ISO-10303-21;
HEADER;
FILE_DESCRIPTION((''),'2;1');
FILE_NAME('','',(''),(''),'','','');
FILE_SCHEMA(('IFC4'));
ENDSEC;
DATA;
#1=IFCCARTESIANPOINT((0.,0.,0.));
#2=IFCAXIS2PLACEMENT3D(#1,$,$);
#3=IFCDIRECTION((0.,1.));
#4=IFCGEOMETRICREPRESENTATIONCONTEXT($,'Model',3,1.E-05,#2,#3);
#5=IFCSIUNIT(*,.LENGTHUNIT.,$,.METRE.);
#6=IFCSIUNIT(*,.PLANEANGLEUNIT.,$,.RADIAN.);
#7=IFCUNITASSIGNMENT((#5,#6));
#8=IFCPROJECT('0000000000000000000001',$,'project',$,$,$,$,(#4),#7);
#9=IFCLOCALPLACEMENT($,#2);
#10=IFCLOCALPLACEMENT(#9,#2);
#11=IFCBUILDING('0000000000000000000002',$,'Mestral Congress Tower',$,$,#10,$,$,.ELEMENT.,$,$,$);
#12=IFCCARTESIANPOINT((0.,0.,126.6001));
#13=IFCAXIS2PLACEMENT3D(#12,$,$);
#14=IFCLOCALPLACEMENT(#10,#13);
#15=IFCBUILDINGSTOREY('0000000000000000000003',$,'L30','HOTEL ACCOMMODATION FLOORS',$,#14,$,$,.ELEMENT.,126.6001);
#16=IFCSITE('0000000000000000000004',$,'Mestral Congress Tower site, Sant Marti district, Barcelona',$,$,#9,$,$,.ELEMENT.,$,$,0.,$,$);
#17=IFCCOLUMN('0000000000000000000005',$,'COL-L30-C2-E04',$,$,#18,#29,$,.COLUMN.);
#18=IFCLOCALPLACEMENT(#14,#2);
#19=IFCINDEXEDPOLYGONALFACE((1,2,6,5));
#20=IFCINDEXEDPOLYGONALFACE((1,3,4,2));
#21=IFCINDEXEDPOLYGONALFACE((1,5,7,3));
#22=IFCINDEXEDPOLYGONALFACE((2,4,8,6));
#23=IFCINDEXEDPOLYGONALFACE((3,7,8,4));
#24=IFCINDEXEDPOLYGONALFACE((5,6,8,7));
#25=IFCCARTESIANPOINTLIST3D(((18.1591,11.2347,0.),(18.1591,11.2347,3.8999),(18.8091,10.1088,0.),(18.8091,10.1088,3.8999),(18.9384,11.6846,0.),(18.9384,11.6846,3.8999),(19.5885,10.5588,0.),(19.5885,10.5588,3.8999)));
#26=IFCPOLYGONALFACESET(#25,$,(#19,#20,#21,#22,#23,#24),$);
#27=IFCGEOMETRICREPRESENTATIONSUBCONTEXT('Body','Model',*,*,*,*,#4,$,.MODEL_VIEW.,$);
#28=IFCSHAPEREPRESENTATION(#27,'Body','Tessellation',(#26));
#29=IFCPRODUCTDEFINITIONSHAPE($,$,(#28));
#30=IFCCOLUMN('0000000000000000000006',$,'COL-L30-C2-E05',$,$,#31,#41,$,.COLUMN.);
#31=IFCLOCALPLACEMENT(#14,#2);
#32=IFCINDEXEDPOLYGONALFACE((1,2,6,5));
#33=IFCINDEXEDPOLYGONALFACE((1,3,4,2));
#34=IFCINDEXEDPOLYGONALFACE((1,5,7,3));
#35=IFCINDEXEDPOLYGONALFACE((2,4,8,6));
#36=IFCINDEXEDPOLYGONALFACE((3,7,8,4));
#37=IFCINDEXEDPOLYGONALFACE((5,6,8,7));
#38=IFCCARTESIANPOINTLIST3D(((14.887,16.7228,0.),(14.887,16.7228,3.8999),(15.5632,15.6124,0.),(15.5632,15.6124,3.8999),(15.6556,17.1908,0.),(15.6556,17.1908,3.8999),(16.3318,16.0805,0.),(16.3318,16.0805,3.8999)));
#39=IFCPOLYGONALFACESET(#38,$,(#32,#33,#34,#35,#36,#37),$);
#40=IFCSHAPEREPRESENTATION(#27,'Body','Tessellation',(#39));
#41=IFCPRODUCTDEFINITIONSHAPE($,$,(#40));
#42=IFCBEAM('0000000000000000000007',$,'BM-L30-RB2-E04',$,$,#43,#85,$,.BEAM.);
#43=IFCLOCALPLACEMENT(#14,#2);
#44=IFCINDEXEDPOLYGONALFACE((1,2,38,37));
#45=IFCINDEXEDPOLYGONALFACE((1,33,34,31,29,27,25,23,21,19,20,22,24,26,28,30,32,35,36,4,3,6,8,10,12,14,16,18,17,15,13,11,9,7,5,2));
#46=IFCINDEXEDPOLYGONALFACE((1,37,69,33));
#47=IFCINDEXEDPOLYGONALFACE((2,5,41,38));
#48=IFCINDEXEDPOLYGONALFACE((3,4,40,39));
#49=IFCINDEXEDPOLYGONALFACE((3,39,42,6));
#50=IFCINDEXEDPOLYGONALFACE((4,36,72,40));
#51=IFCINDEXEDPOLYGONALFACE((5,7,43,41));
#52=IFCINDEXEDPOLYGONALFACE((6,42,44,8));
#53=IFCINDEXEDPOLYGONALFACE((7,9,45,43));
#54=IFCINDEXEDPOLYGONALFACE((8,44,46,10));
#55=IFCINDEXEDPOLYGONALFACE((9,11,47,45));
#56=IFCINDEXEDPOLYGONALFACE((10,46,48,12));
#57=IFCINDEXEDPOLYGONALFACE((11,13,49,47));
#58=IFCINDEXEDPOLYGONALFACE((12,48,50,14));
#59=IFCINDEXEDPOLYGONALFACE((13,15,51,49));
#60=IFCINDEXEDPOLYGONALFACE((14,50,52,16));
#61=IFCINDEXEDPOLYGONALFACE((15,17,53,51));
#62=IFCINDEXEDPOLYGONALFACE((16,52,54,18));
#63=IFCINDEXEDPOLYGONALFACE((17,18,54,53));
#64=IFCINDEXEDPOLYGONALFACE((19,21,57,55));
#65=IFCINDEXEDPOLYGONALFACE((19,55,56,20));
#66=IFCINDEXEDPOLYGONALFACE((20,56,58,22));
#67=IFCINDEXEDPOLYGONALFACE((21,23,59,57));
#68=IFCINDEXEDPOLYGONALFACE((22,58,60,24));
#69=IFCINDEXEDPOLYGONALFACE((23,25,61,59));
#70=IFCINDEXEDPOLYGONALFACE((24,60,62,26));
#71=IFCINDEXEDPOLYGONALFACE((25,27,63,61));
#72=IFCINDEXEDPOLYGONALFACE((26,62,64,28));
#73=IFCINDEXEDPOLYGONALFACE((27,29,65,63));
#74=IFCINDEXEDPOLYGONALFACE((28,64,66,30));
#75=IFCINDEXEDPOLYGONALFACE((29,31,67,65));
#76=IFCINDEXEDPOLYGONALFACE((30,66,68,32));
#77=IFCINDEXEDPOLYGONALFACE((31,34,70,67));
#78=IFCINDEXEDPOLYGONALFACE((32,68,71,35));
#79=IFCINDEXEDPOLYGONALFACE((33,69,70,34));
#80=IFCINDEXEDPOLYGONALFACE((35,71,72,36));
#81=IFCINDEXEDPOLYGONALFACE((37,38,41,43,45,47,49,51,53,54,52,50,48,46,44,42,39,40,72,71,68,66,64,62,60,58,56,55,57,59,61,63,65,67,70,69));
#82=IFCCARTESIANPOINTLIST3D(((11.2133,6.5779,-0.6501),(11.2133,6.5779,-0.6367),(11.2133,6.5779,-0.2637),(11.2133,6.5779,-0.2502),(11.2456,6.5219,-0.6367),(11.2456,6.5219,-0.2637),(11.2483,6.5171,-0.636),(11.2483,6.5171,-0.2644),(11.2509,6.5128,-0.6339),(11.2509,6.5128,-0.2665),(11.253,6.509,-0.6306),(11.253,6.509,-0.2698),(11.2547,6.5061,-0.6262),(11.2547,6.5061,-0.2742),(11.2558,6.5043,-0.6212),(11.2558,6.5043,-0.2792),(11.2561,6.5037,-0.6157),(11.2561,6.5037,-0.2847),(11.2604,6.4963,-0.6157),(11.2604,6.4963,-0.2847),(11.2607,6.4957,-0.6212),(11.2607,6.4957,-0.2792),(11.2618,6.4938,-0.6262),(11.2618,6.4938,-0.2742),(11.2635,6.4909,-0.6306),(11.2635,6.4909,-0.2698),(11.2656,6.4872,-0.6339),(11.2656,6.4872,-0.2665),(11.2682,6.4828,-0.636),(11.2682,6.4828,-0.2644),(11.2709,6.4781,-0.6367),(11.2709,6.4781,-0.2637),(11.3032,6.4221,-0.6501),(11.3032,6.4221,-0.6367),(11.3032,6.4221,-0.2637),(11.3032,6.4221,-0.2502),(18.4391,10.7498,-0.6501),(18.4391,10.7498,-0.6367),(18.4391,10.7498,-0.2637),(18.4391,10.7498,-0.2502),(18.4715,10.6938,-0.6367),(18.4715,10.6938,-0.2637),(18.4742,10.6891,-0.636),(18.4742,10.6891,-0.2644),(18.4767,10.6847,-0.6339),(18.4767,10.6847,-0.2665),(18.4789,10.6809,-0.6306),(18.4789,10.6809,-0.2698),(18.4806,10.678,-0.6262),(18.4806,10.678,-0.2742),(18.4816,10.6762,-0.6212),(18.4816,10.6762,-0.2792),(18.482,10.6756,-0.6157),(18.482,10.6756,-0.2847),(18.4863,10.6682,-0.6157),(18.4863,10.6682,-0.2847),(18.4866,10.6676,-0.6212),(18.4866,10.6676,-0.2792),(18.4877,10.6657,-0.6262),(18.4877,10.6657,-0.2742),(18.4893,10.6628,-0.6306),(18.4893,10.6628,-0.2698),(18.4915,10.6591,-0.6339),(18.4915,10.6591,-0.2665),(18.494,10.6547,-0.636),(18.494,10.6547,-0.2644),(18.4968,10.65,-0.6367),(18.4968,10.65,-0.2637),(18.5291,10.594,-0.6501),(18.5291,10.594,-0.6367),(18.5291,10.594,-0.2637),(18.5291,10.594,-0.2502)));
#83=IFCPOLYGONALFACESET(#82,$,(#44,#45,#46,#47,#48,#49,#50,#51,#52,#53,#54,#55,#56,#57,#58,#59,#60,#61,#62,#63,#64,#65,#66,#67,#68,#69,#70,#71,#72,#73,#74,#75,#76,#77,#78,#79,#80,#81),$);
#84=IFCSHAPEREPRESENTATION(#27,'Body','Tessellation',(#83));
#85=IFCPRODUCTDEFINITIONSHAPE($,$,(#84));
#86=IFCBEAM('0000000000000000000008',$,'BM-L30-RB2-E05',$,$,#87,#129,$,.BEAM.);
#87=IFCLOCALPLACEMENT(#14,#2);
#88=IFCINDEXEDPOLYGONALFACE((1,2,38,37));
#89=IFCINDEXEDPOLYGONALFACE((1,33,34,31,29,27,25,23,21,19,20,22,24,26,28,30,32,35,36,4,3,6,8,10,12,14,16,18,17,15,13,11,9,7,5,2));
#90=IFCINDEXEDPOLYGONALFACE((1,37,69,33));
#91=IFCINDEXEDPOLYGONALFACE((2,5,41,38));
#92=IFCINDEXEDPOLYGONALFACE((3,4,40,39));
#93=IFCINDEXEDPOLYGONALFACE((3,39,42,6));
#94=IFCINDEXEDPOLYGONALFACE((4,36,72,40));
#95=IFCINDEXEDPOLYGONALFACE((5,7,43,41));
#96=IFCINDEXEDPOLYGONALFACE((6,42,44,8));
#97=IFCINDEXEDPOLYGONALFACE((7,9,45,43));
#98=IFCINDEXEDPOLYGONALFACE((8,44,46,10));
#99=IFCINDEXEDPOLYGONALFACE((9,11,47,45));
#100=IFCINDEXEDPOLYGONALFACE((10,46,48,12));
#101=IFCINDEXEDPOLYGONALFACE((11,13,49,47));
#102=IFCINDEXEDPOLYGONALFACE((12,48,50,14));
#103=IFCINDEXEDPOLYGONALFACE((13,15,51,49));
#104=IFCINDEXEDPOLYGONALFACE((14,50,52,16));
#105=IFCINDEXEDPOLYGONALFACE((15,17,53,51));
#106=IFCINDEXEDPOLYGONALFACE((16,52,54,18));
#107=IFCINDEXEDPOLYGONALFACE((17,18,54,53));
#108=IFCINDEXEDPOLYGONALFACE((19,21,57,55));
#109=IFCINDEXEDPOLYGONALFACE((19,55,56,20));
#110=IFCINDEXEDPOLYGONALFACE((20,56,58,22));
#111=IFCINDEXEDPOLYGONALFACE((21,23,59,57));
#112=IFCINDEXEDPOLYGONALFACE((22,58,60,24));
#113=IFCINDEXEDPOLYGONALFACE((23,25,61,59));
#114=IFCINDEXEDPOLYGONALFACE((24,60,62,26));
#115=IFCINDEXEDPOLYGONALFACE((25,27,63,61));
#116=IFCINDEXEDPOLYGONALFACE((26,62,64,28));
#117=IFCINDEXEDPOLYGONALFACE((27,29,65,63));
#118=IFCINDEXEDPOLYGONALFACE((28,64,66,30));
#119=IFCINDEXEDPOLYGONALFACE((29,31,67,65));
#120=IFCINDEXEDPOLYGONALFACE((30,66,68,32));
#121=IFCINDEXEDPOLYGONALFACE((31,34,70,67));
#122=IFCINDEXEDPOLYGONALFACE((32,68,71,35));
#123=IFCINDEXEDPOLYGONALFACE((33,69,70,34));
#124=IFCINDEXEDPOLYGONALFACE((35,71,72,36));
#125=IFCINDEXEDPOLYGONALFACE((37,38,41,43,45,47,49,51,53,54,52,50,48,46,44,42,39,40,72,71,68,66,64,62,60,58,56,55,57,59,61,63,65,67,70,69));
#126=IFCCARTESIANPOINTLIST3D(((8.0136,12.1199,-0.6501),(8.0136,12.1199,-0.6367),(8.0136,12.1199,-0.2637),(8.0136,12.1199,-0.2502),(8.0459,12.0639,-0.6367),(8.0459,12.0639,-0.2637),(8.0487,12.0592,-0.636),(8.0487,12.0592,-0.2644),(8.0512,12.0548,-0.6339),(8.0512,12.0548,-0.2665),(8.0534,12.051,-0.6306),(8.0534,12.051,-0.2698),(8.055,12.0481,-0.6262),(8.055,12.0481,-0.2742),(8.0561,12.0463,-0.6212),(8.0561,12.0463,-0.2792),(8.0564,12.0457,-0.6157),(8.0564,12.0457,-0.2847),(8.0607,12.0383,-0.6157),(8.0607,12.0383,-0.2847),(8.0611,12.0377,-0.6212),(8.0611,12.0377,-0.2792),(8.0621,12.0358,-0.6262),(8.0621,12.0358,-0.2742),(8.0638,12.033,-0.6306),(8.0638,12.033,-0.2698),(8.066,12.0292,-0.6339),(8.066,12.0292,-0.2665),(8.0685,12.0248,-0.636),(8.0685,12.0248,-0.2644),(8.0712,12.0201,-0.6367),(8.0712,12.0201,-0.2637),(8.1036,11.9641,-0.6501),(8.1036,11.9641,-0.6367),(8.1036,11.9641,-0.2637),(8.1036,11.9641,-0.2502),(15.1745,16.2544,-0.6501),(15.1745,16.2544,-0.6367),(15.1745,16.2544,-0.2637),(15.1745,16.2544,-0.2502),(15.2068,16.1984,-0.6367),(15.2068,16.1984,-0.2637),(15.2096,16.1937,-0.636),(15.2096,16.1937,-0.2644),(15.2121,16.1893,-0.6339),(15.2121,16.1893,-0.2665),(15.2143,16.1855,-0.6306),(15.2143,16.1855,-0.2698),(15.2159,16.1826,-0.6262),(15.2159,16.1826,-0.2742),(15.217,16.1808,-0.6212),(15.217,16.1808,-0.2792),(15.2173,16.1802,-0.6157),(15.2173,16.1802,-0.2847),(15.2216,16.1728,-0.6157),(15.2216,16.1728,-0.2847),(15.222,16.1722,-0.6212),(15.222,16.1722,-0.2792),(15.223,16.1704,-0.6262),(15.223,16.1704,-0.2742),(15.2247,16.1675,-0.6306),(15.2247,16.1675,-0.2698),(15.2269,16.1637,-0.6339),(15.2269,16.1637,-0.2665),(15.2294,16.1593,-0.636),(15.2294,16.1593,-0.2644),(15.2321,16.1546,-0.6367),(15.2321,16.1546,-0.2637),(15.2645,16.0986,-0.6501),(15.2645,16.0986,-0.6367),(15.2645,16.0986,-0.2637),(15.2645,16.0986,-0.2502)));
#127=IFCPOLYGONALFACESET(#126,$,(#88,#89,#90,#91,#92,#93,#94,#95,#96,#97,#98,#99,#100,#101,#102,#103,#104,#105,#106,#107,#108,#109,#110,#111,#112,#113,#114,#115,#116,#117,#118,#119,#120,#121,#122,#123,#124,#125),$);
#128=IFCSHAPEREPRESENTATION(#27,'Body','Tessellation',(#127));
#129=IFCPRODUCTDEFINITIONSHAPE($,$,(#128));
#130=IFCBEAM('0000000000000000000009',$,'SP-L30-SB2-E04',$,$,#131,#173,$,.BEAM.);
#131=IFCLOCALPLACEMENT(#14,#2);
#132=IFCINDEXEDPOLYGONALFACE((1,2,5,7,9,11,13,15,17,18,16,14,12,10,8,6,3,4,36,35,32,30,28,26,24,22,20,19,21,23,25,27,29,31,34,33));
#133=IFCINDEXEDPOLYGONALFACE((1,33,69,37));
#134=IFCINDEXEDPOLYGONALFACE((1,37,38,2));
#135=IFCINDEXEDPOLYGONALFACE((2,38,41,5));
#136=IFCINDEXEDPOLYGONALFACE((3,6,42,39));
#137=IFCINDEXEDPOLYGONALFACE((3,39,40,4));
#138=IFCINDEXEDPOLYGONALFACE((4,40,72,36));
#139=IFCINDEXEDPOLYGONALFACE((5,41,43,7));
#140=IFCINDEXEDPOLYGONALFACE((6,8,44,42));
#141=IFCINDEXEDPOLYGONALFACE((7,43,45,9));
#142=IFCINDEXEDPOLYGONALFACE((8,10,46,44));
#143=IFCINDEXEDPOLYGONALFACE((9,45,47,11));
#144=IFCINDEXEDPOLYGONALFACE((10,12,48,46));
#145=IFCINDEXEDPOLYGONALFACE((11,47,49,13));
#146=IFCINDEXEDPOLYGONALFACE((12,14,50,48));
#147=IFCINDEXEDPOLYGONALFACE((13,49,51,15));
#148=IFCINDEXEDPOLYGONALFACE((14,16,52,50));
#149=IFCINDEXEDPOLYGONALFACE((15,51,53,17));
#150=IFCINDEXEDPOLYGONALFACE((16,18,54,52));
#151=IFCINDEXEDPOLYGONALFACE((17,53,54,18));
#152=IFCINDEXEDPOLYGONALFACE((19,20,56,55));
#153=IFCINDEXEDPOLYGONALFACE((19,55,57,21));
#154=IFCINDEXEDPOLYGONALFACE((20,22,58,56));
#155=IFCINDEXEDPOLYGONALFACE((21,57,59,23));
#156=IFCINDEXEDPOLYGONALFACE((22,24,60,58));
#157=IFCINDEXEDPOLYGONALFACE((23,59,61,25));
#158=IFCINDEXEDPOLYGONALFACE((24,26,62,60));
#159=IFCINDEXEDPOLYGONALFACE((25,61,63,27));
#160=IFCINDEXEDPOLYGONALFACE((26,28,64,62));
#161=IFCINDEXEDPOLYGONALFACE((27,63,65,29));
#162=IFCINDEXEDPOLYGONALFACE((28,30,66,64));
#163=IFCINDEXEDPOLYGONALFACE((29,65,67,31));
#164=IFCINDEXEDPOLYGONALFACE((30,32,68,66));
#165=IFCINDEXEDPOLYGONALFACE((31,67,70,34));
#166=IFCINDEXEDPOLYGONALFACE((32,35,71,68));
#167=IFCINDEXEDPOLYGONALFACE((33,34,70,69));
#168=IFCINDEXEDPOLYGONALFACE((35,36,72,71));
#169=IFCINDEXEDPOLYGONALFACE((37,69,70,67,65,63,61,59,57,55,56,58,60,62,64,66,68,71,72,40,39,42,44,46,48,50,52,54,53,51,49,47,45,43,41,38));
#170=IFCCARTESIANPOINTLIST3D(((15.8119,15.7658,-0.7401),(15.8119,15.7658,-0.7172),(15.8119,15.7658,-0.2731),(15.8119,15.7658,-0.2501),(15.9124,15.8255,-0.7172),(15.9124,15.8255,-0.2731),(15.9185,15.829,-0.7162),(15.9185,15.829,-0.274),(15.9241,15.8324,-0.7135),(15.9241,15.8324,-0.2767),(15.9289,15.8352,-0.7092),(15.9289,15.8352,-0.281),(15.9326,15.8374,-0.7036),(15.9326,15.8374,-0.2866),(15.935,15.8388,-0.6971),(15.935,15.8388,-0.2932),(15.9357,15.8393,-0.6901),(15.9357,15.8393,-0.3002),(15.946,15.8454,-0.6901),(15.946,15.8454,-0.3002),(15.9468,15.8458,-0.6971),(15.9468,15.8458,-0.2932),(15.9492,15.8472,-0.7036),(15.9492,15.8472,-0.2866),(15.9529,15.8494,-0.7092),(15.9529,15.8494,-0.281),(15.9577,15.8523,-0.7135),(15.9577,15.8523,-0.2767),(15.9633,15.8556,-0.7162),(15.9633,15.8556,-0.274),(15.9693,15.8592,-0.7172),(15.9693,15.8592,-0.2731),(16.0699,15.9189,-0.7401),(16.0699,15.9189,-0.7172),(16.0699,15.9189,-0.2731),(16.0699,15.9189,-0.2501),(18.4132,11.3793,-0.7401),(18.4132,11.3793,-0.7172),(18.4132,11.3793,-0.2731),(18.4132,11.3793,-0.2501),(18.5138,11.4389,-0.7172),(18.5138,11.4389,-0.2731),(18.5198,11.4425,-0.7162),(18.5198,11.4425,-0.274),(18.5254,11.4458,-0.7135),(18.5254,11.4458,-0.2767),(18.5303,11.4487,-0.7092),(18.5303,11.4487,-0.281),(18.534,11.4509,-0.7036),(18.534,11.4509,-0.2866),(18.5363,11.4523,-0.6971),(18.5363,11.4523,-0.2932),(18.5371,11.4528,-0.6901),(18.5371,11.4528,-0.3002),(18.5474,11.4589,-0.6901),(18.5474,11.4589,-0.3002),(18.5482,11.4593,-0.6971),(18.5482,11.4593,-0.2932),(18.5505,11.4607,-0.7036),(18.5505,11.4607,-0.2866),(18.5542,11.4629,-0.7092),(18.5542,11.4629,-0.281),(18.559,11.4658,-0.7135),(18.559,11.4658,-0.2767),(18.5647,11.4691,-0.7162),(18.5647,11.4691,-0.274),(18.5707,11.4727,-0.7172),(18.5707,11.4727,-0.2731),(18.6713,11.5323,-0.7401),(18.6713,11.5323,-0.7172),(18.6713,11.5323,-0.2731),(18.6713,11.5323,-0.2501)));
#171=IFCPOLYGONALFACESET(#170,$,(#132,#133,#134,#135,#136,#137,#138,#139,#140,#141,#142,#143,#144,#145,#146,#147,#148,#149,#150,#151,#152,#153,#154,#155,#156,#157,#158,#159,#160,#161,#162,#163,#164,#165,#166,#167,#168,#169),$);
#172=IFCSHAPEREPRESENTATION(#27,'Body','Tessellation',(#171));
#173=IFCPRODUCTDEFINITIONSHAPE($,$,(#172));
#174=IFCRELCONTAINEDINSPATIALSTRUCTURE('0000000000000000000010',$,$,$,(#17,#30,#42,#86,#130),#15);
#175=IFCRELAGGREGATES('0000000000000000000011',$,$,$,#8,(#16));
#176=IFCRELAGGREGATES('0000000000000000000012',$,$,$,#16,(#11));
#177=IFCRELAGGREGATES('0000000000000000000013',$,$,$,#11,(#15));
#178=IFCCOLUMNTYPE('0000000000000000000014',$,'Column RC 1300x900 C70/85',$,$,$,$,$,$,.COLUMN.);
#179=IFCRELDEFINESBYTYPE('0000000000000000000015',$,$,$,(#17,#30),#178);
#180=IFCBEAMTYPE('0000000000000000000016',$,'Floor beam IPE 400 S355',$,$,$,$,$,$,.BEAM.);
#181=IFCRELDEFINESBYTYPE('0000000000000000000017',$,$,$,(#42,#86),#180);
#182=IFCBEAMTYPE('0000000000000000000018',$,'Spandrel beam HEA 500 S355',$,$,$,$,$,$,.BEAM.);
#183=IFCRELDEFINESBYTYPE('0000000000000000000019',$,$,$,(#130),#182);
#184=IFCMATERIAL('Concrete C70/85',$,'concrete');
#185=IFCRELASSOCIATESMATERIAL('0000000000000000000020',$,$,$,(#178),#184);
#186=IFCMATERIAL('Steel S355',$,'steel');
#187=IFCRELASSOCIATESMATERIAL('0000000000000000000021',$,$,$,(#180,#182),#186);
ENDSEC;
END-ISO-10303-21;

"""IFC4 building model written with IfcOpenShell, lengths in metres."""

from ifc_helpers import new_model, si_unit, direction, frame, origin, origin_2d, place, context, subcontext, project, spatial, rectangle, i_section, extrude, material, material_profile, profile_set, type_object, element, save


model = new_model("IFC4")

# Units and contexts
model_context = context("Model", 3, precision=1e-05, world=origin(), true_north=direction((0.0, 1.0)))
body_context = subcontext(model_context, "Body", "Model", "MODEL_VIEW")
ifc_project = project(units=[si_unit("LENGTHUNIT", "METRE"), si_unit("PLANEANGLEUNIT", "RADIAN")], contexts=[model_context])

# Site, building, storey
site_placement = place(None, origin())
site = spatial("IfcSite", under=ifc_project, at=site_placement, Name="Mestral Congress Tower site, Sant Marti district, Barcelona", CompositionType="ELEMENT", RefElevation=0.0)
building_placement = place(site_placement, origin())
building = spatial("IfcBuilding", under=site, at=building_placement, Name="Mestral Congress Tower", CompositionType="ELEMENT")
storey_placement = place(building_placement, frame((0.0, 0.0, 126.6001)))
storey = spatial("IfcBuildingStorey", under=building, at=storey_placement, Name="L30", Description="HOTEL ACCOMMODATION FLOORS", CompositionType="ELEMENT", Elevation=126.6001)

# Columns
ifc_material_1 = material(Name="Concrete C70/85", Category="concrete")
ifc_material_profile_1 = material_profile(ifc_material_1, rectangle(XDim=1.3, YDim=0.8999, at=origin_2d()), Name="RC 1300x900")
ifc_profile_set_1 = profile_set([ifc_material_profile_1], Name="Concrete C70/85")
column_type = type_object("IfcColumnType", Name="Column RC 1300x900 C70/85", PredefinedType="COLUMN", material=ifc_profile_set_1)
for number, where, z_axis, x_axis, name in (
    (1, (18.8738, 10.8967, 0.0), (0.0, 0.0, 1.0), (-0.5, 0.866025, 0.0), "COL-L30-C2-E04"),
    (2, (15.6094, 16.4016, 0.0), (0.0, 0.0, 1.0), (-0.520114, 0.854097, 0.0), "COL-L30-C2-E05"),
):
    element("IfcColumn", number, at=place(storey_placement, frame(where, z_axis=z_axis, x_axis=x_axis)), inside=storey, type_object=column_type, Name=name, PredefinedType="COLUMN", context=body_context, shape_type="SweptSolid", body=[
        extrude(rectangle(XDim=1.3, YDim=0.8999, at=origin_2d()), origin(), (0.0, 0.0, 1.0), 3.8999),
    ])

# Beams
ifc_material_2 = material(Name="Steel S355", Category="steel")
ifc_material_profile_2 = material_profile(ifc_material_2, i_section(OverallWidth=0.1799, OverallDepth=0.3999, WebThickness=0.0085, FlangeThickness=0.0134, FilletRadius=0.021, at=origin_2d()), Name="IPE 400")
ifc_profile_set_2 = profile_set([ifc_material_profile_2], Name="Steel S355")
beam_type_1 = type_object("IfcBeamType", Name="Floor beam IPE 400 S355", PredefinedType="BEAM", material=ifc_profile_set_2)
beam_1_placement = place(storey_placement, frame((18.4841, 10.6719, -0.4502), z_axis=(-0.866023, -0.500004, 0.0), x_axis=(0.500004, -0.866023, 0.0)))
element("IfcBeam", 3, at=beam_1_placement, inside=storey, type_object=beam_type_1, Name="BM-L30-RB2-E04", PredefinedType="BEAM", context=body_context, shape_type="SweptSolid", body=[
    extrude(i_section(OverallWidth=0.1799, OverallDepth=0.3999, WebThickness=0.0085, FlangeThickness=0.0134, FilletRadius=0.021, at=origin_2d()), origin(), (0.0, 0.0, 1.0), 8.3438),
])
beam_2_placement = place(storey_placement, frame((15.2195, 16.1765, -0.4502), z_axis=(-0.866016, -0.500016, 0.0), x_axis=(0.500016, -0.866016, 0.0)))
element("IfcBeam", 4, at=beam_2_placement, inside=storey, type_object=beam_type_1, Name="BM-L30-RB2-E05", PredefinedType="BEAM", context=body_context, shape_type="SweptSolid", body=[
    extrude(i_section(OverallWidth=0.1799, OverallDepth=0.3999, WebThickness=0.0085, FlangeThickness=0.0134, FilletRadius=0.021, at=origin_2d()), origin(), (0.0, 0.0, 1.0), 8.2688),
])
ifc_material_profile_3 = material_profile(ifc_material_2, i_section(OverallWidth=0.3, OverallDepth=0.49, WebThickness=0.012, FlangeThickness=0.0229, FilletRadius=0.0271, at=origin_2d()), Name="HEA 500")
ifc_profile_set_3 = profile_set([ifc_material_profile_3], Name="Steel S355")
beam_type_2 = type_object("IfcBeamType", Name="Spandrel beam HEA 500 S355", PredefinedType="BEAM", material=ifc_profile_set_3)
for number, where, z_axis, x_axis, name in (
    (5, (18.5422, 11.4558, -0.4951), (-0.510082, 0.860126, 0.0), (-0.860126, -0.510082, 0.0), "SP-L30-SB2-E04"),
):
    element("IfcBeam", number, at=place(storey_placement, frame(where, z_axis=z_axis, x_axis=x_axis)), inside=storey, type_object=beam_type_2, Name=name, PredefinedType="BEAM", context=body_context, shape_type="SweptSolid", body=[
        extrude(i_section(OverallWidth=0.3, OverallDepth=0.49, WebThickness=0.012, FlangeThickness=0.0229, FilletRadius=0.0271, at=origin_2d()), origin(), (0.0, 0.0, 1.0), 5.0999),
    ])

save(model, "model.ifc")
